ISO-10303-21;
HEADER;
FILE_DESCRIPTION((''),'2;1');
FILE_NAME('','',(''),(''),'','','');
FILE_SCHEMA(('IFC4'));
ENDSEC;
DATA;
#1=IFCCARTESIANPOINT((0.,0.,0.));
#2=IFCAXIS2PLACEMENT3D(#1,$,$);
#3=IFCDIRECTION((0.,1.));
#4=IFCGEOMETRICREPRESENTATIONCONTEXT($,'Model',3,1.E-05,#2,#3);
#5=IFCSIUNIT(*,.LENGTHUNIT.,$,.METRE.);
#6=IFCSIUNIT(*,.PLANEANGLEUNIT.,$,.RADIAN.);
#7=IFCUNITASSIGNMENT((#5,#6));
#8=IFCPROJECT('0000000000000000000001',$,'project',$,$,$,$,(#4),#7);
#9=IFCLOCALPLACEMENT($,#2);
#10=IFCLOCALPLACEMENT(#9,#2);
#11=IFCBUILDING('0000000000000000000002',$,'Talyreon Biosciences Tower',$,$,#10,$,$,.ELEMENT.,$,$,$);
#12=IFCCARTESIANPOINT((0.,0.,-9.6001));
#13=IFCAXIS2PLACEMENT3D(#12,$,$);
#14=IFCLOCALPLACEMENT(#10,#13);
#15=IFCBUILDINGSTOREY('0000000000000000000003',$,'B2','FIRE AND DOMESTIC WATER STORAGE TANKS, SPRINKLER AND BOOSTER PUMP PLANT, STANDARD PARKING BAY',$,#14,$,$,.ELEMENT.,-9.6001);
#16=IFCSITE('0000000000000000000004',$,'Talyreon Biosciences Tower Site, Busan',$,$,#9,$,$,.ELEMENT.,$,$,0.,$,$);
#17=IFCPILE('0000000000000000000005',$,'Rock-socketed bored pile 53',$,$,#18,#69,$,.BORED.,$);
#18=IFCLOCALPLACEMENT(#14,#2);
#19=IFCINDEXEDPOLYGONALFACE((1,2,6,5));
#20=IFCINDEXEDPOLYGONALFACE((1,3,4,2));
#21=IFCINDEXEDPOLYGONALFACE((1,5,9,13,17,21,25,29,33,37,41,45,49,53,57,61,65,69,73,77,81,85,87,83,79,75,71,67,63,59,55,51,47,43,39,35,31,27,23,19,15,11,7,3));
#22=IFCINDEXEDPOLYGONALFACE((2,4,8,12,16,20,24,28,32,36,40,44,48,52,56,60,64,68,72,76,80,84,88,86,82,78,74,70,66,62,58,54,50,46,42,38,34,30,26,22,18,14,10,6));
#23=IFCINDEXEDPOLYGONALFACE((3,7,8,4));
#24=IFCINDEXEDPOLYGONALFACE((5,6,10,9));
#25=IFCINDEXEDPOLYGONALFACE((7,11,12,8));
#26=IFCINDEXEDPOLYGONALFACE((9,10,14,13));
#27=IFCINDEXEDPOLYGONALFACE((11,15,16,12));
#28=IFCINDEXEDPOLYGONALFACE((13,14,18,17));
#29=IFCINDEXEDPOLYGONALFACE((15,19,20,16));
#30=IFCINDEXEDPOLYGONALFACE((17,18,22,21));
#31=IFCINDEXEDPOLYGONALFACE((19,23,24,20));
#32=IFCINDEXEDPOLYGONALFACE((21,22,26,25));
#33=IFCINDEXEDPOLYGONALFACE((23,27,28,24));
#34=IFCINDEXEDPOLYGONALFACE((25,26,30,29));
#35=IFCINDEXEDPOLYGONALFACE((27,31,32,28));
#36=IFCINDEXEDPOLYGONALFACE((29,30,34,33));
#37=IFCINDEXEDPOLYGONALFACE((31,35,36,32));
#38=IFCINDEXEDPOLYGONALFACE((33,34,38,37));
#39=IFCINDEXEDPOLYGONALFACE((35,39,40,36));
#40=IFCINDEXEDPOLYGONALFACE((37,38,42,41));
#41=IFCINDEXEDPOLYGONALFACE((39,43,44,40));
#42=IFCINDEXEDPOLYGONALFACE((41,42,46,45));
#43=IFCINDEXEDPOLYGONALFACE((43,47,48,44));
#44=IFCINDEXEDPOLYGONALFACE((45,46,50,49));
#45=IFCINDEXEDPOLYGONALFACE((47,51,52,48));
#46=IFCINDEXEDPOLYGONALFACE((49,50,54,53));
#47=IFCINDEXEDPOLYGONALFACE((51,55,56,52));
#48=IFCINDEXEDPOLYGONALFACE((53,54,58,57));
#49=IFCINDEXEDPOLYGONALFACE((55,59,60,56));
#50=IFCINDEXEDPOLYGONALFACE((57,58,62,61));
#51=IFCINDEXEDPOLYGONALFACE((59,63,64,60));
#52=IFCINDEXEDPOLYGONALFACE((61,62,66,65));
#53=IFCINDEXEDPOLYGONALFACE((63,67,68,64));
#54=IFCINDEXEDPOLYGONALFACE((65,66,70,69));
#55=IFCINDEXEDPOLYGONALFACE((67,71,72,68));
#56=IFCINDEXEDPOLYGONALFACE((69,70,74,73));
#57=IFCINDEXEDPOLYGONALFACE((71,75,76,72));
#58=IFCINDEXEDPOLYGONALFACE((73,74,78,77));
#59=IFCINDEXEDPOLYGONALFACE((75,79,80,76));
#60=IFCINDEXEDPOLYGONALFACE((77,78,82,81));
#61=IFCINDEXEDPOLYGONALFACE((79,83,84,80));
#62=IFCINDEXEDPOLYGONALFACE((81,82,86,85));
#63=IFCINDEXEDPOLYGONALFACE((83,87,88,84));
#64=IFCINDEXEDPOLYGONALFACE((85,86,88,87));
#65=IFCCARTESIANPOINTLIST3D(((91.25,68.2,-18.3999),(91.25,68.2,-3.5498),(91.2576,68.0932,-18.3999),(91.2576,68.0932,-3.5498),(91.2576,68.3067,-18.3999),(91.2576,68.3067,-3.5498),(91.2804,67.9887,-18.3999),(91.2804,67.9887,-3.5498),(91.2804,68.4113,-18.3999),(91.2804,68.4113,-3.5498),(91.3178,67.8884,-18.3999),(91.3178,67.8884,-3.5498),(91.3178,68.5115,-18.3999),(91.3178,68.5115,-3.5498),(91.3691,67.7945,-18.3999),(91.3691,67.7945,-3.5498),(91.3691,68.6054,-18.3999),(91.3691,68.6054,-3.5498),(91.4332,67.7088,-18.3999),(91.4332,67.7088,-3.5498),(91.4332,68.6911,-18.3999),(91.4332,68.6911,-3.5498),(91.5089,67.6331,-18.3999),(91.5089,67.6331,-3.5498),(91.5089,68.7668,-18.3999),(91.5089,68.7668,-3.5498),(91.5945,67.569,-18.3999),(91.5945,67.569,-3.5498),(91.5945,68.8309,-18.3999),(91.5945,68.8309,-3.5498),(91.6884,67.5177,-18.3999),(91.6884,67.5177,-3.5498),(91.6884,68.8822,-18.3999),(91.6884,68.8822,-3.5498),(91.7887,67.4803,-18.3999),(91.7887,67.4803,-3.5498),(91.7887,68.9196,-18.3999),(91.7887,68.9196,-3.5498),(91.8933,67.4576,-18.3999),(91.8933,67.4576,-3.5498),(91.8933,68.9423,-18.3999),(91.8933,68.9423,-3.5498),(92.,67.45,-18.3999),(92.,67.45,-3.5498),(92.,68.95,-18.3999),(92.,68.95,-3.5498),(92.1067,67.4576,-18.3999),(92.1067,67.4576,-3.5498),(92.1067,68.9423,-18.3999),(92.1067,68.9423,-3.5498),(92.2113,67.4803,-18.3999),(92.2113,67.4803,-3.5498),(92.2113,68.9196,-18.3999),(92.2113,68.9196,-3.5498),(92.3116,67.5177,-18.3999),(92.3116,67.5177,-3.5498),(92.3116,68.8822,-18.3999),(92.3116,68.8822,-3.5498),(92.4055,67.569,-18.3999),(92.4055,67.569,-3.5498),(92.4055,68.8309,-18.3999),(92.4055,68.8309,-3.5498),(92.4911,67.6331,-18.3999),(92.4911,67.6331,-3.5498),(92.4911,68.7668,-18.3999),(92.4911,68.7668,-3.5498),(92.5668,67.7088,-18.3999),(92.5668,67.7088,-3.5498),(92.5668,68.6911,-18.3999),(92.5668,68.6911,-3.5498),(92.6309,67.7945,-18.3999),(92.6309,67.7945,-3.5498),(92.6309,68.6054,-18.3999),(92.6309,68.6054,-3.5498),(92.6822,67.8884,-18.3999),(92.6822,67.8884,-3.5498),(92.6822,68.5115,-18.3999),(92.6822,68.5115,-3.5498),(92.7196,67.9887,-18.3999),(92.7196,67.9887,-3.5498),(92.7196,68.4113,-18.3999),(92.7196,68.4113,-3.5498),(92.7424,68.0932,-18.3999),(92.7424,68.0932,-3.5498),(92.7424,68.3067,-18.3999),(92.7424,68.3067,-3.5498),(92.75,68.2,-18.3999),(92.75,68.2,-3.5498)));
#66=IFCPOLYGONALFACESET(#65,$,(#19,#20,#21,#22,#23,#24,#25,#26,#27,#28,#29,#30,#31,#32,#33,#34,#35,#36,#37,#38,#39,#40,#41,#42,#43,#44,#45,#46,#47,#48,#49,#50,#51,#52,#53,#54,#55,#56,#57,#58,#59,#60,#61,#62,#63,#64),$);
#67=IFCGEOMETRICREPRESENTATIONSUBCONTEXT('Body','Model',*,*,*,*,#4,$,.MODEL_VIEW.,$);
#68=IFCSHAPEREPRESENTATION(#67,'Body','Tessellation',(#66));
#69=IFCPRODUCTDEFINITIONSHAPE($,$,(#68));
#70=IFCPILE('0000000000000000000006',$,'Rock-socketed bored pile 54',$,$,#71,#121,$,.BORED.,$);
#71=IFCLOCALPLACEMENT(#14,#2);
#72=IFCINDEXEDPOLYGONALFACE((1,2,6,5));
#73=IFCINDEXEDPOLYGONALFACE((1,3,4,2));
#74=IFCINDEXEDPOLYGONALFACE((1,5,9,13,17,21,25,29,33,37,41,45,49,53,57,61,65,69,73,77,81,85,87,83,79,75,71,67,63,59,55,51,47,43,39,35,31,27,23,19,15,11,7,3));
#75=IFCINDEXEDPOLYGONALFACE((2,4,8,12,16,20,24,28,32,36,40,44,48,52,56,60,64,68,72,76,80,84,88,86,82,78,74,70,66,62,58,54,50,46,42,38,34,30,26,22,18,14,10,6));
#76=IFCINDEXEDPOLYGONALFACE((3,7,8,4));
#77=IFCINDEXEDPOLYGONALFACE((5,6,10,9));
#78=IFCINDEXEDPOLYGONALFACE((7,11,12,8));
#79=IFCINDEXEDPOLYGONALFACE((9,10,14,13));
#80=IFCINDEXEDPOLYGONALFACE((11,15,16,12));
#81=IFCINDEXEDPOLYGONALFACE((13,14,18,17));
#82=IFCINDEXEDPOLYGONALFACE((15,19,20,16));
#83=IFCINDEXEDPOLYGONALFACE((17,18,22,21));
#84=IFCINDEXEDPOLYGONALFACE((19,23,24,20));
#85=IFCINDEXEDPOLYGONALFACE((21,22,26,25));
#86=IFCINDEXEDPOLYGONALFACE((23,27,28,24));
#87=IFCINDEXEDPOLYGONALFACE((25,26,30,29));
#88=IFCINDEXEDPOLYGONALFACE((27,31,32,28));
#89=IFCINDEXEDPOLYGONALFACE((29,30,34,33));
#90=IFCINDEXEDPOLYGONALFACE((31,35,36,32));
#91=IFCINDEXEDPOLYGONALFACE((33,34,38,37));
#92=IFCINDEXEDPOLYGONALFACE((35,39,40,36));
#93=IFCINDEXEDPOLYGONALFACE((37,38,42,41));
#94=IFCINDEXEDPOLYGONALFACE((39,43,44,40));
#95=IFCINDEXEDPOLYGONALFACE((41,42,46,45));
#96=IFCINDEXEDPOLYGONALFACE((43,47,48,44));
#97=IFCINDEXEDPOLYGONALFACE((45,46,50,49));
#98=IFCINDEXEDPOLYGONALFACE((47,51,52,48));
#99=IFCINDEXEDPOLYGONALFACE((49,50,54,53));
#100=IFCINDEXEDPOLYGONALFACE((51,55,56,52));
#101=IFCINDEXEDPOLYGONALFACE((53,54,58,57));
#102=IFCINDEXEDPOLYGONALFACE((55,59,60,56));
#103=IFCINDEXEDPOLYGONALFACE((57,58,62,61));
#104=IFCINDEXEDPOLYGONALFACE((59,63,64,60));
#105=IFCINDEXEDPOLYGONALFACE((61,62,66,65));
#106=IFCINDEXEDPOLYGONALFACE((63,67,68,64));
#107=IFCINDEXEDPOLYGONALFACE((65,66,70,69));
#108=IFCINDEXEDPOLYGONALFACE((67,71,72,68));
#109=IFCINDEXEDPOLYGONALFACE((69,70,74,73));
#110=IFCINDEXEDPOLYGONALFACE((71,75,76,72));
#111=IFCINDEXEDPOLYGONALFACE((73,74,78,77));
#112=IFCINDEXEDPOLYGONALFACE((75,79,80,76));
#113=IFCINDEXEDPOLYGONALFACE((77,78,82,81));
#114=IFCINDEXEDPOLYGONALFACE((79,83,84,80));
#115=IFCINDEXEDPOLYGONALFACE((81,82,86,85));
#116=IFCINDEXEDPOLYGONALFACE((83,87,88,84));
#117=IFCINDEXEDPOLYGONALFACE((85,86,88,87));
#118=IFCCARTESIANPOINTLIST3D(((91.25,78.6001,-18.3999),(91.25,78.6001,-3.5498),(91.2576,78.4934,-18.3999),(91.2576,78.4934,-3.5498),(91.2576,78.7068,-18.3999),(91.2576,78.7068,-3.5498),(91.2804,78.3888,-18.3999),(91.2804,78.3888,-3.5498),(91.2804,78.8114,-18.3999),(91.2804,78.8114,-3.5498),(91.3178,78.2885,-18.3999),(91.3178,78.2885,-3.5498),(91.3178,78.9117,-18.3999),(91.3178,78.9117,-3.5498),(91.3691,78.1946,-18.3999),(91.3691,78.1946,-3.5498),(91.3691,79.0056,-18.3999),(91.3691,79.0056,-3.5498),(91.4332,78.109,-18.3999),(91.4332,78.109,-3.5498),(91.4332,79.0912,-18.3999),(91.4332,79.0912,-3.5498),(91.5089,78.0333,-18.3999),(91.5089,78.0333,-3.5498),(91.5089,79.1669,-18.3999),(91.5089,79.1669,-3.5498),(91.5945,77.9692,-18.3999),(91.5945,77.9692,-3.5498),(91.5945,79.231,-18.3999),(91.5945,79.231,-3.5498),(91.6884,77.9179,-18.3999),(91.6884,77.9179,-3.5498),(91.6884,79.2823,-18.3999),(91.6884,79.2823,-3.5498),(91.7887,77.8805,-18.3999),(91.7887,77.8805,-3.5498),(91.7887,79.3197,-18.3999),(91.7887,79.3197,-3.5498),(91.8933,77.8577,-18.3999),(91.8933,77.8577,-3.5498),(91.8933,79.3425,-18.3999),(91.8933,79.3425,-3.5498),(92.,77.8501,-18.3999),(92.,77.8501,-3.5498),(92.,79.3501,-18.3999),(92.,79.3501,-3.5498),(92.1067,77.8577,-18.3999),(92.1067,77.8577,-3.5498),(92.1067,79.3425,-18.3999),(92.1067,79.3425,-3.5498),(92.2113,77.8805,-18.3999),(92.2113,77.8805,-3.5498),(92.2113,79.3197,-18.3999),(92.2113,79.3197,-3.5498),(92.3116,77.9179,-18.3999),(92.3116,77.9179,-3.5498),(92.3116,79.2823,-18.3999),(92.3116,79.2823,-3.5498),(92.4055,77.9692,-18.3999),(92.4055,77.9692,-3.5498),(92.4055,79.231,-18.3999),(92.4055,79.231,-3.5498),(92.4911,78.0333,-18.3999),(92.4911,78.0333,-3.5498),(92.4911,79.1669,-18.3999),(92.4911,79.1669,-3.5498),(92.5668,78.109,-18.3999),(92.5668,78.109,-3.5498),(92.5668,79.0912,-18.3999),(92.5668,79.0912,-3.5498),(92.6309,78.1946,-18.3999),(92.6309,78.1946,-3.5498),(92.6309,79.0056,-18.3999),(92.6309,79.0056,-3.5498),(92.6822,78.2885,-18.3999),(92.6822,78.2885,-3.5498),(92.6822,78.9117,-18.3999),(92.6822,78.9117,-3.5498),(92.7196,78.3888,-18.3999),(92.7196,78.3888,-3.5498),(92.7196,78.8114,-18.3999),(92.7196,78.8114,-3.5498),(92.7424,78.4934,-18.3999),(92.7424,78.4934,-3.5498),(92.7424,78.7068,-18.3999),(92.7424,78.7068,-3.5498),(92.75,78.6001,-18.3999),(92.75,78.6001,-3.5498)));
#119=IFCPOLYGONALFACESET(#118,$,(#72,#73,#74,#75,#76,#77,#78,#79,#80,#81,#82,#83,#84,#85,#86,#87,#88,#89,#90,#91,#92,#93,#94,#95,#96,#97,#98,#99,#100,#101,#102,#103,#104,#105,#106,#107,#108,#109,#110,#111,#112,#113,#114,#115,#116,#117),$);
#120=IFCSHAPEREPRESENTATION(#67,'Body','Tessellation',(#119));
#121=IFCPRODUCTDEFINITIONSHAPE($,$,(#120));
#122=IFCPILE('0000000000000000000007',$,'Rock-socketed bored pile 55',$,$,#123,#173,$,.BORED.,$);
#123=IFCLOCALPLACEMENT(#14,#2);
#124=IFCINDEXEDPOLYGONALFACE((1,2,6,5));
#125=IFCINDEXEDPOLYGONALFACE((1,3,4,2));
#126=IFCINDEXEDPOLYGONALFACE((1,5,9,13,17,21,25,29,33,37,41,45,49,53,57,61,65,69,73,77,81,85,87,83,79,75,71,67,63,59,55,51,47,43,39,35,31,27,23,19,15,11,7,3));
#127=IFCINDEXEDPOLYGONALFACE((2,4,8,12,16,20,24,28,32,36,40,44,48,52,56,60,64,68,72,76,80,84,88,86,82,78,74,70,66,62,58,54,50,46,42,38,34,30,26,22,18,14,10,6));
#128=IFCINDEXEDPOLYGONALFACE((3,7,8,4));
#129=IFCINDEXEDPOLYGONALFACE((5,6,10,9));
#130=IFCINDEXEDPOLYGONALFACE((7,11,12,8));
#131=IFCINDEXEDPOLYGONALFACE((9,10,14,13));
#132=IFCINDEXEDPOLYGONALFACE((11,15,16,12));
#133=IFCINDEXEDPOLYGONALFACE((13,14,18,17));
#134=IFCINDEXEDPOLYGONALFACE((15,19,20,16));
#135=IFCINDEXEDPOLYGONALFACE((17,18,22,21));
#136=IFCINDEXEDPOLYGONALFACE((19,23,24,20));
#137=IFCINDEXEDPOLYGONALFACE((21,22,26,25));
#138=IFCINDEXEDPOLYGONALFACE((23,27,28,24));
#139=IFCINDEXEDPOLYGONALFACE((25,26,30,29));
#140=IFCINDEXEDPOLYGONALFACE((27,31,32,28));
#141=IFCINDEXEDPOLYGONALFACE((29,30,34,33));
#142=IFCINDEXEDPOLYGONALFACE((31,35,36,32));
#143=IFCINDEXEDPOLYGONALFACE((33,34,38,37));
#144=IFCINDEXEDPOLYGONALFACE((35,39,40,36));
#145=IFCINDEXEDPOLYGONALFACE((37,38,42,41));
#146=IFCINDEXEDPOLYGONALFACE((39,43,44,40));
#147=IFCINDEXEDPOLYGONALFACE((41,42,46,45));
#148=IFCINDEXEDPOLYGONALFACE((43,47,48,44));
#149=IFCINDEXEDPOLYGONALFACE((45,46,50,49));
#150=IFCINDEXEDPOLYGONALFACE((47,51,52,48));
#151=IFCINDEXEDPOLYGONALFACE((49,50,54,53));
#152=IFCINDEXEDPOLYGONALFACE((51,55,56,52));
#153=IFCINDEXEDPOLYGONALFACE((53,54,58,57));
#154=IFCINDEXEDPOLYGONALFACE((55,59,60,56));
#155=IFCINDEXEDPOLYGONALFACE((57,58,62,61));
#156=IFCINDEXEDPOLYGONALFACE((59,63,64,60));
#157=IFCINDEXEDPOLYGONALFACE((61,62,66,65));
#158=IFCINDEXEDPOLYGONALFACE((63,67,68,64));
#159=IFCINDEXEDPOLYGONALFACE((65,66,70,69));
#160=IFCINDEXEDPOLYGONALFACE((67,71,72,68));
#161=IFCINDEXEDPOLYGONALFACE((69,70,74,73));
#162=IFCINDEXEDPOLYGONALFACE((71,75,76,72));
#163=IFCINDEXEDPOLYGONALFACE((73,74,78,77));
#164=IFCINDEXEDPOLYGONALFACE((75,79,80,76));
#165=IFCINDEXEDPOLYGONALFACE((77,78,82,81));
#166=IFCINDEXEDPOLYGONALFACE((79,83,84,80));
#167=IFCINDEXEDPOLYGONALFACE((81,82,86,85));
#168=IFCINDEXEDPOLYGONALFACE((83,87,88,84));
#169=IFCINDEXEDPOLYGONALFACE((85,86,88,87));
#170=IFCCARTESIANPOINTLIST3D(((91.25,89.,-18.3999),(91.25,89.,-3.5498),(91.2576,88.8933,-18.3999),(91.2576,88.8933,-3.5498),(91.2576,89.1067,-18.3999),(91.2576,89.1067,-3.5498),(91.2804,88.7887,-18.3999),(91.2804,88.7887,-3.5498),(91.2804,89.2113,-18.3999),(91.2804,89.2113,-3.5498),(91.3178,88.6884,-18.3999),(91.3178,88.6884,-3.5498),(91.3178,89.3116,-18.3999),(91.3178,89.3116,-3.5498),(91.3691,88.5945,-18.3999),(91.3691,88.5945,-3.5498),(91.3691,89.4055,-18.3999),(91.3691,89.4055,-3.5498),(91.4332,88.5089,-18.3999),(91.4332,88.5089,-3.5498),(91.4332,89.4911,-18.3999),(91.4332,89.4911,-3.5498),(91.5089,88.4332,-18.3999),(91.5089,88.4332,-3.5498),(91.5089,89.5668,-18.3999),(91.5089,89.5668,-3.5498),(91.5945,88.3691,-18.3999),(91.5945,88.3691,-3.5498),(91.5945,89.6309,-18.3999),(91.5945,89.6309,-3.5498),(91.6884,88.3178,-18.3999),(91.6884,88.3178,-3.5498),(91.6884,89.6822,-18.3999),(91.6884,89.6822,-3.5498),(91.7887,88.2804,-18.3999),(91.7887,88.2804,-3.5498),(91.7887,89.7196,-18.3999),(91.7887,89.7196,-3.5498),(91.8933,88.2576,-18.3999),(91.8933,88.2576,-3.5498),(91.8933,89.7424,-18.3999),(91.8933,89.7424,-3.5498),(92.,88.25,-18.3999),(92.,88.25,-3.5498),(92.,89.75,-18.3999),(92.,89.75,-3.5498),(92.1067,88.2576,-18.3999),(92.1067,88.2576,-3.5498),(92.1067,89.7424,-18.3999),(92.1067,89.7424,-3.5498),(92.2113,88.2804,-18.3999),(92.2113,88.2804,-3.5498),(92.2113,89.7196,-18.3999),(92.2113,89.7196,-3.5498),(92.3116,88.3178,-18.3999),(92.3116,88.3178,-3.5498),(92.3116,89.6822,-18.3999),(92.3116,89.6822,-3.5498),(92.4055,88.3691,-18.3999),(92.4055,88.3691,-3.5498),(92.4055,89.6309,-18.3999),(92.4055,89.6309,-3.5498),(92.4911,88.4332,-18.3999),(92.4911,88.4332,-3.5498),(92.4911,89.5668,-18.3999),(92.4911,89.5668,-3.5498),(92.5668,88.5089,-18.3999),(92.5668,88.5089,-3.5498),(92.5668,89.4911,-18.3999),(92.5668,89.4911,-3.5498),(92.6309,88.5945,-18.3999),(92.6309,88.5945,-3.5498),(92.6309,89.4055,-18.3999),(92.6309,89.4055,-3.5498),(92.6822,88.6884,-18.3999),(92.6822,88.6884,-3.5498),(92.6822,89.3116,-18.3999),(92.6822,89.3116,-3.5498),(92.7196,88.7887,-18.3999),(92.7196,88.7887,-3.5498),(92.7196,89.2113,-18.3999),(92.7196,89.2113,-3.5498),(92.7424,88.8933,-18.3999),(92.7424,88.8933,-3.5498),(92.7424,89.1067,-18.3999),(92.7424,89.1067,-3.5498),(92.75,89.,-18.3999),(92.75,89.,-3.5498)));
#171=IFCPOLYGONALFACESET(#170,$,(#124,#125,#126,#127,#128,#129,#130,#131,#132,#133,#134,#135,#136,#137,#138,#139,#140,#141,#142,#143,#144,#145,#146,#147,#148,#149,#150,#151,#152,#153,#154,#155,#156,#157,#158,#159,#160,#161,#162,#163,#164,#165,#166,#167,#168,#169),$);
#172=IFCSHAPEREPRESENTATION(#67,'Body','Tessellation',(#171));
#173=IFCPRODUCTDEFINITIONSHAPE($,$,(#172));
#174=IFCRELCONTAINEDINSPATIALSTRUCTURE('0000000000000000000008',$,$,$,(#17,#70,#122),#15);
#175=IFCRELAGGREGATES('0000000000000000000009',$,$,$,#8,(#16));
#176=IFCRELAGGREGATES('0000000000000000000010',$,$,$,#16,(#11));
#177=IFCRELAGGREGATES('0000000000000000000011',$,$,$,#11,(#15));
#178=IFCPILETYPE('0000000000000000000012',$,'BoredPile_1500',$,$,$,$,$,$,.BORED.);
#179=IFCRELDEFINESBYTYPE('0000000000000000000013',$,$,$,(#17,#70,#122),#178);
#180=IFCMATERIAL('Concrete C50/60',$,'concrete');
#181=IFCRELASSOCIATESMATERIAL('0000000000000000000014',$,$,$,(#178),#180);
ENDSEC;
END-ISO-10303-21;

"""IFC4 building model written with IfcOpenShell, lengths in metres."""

from ifc_helpers import new_model, si_unit, direction, frame, origin, origin_2d, place, context, subcontext, project, spatial, circle, extrude, material, material_profile, profile_set, type_object, element, save


model = new_model("IFC4")

# Units and contexts
model_context = context("Model", 3, precision=1e-05, world=origin(), true_north=direction((0.0, 1.0)))
body_context = subcontext(model_context, "Body", "Model", "MODEL_VIEW")
ifc_project = project(units=[si_unit("LENGTHUNIT", "METRE"), si_unit("PLANEANGLEUNIT", "RADIAN")], contexts=[model_context])

# Site, building, storey
site_placement = place(None, origin())
site = spatial("IfcSite", under=ifc_project, at=site_placement, Name="Talyreon Biosciences Tower Site, Busan", CompositionType="ELEMENT", RefElevation=0.0)
building_placement = place(site_placement, origin())
building = spatial("IfcBuilding", under=site, at=building_placement, Name="Talyreon Biosciences Tower", CompositionType="ELEMENT")
storey_placement = place(building_placement, frame((0.0, 0.0, -9.6001)))
storey = spatial("IfcBuildingStorey", under=building, at=storey_placement, Name="B2", Description="FIRE AND DOMESTIC WATER STORAGE TANKS, SPRINKLER AND BOOSTER PUMP PLANT, STANDARD PARKING BAY", CompositionType="ELEMENT", Elevation=-9.6001)

# Piles
ifc_material_1 = material(Name="Concrete C50/60", Category="concrete")
ifc_material_profile_1 = material_profile(ifc_material_1, circle(Radius=0.75, at=origin_2d()), Name="PILE D1500")
ifc_profile_set_1 = profile_set([ifc_material_profile_1], Name="Concrete C50/60")
pile_type_1 = type_object("IfcPileType", Name="BoredPile_1500", PredefinedType="BORED", material=ifc_profile_set_1)
for number, where, z_axis, x_axis, name in (
    (1, (92.0, 68.2, -3.5498), (0.0, 0.0, -1.0), (1.0, 0.0, 0.0), "Rock-socketed bored pile 53"),
    (2, (92.0, 78.6001, -3.5498), (0.0, 0.0, -1.0), (1.0, 0.0, 0.0), "Rock-socketed bored pile 54"),
    (3, (92.0, 89.0, -3.5498), (0.0, 0.0, -1.0), (1.0, 0.0, 0.0), "Rock-socketed bored pile 55"),
):
    element("IfcPile", number, at=place(storey_placement, frame(where, z_axis=z_axis, x_axis=x_axis)), inside=storey, type_object=pile_type_1, Name=name, PredefinedType="BORED", context=body_context, shape_type="SweptSolid", body=[
        extrude(circle(Radius=0.75, at=origin_2d()), origin(), (0.0, 0.0, 1.0), 14.8501),
    ])

save(model, "model.ifc")
